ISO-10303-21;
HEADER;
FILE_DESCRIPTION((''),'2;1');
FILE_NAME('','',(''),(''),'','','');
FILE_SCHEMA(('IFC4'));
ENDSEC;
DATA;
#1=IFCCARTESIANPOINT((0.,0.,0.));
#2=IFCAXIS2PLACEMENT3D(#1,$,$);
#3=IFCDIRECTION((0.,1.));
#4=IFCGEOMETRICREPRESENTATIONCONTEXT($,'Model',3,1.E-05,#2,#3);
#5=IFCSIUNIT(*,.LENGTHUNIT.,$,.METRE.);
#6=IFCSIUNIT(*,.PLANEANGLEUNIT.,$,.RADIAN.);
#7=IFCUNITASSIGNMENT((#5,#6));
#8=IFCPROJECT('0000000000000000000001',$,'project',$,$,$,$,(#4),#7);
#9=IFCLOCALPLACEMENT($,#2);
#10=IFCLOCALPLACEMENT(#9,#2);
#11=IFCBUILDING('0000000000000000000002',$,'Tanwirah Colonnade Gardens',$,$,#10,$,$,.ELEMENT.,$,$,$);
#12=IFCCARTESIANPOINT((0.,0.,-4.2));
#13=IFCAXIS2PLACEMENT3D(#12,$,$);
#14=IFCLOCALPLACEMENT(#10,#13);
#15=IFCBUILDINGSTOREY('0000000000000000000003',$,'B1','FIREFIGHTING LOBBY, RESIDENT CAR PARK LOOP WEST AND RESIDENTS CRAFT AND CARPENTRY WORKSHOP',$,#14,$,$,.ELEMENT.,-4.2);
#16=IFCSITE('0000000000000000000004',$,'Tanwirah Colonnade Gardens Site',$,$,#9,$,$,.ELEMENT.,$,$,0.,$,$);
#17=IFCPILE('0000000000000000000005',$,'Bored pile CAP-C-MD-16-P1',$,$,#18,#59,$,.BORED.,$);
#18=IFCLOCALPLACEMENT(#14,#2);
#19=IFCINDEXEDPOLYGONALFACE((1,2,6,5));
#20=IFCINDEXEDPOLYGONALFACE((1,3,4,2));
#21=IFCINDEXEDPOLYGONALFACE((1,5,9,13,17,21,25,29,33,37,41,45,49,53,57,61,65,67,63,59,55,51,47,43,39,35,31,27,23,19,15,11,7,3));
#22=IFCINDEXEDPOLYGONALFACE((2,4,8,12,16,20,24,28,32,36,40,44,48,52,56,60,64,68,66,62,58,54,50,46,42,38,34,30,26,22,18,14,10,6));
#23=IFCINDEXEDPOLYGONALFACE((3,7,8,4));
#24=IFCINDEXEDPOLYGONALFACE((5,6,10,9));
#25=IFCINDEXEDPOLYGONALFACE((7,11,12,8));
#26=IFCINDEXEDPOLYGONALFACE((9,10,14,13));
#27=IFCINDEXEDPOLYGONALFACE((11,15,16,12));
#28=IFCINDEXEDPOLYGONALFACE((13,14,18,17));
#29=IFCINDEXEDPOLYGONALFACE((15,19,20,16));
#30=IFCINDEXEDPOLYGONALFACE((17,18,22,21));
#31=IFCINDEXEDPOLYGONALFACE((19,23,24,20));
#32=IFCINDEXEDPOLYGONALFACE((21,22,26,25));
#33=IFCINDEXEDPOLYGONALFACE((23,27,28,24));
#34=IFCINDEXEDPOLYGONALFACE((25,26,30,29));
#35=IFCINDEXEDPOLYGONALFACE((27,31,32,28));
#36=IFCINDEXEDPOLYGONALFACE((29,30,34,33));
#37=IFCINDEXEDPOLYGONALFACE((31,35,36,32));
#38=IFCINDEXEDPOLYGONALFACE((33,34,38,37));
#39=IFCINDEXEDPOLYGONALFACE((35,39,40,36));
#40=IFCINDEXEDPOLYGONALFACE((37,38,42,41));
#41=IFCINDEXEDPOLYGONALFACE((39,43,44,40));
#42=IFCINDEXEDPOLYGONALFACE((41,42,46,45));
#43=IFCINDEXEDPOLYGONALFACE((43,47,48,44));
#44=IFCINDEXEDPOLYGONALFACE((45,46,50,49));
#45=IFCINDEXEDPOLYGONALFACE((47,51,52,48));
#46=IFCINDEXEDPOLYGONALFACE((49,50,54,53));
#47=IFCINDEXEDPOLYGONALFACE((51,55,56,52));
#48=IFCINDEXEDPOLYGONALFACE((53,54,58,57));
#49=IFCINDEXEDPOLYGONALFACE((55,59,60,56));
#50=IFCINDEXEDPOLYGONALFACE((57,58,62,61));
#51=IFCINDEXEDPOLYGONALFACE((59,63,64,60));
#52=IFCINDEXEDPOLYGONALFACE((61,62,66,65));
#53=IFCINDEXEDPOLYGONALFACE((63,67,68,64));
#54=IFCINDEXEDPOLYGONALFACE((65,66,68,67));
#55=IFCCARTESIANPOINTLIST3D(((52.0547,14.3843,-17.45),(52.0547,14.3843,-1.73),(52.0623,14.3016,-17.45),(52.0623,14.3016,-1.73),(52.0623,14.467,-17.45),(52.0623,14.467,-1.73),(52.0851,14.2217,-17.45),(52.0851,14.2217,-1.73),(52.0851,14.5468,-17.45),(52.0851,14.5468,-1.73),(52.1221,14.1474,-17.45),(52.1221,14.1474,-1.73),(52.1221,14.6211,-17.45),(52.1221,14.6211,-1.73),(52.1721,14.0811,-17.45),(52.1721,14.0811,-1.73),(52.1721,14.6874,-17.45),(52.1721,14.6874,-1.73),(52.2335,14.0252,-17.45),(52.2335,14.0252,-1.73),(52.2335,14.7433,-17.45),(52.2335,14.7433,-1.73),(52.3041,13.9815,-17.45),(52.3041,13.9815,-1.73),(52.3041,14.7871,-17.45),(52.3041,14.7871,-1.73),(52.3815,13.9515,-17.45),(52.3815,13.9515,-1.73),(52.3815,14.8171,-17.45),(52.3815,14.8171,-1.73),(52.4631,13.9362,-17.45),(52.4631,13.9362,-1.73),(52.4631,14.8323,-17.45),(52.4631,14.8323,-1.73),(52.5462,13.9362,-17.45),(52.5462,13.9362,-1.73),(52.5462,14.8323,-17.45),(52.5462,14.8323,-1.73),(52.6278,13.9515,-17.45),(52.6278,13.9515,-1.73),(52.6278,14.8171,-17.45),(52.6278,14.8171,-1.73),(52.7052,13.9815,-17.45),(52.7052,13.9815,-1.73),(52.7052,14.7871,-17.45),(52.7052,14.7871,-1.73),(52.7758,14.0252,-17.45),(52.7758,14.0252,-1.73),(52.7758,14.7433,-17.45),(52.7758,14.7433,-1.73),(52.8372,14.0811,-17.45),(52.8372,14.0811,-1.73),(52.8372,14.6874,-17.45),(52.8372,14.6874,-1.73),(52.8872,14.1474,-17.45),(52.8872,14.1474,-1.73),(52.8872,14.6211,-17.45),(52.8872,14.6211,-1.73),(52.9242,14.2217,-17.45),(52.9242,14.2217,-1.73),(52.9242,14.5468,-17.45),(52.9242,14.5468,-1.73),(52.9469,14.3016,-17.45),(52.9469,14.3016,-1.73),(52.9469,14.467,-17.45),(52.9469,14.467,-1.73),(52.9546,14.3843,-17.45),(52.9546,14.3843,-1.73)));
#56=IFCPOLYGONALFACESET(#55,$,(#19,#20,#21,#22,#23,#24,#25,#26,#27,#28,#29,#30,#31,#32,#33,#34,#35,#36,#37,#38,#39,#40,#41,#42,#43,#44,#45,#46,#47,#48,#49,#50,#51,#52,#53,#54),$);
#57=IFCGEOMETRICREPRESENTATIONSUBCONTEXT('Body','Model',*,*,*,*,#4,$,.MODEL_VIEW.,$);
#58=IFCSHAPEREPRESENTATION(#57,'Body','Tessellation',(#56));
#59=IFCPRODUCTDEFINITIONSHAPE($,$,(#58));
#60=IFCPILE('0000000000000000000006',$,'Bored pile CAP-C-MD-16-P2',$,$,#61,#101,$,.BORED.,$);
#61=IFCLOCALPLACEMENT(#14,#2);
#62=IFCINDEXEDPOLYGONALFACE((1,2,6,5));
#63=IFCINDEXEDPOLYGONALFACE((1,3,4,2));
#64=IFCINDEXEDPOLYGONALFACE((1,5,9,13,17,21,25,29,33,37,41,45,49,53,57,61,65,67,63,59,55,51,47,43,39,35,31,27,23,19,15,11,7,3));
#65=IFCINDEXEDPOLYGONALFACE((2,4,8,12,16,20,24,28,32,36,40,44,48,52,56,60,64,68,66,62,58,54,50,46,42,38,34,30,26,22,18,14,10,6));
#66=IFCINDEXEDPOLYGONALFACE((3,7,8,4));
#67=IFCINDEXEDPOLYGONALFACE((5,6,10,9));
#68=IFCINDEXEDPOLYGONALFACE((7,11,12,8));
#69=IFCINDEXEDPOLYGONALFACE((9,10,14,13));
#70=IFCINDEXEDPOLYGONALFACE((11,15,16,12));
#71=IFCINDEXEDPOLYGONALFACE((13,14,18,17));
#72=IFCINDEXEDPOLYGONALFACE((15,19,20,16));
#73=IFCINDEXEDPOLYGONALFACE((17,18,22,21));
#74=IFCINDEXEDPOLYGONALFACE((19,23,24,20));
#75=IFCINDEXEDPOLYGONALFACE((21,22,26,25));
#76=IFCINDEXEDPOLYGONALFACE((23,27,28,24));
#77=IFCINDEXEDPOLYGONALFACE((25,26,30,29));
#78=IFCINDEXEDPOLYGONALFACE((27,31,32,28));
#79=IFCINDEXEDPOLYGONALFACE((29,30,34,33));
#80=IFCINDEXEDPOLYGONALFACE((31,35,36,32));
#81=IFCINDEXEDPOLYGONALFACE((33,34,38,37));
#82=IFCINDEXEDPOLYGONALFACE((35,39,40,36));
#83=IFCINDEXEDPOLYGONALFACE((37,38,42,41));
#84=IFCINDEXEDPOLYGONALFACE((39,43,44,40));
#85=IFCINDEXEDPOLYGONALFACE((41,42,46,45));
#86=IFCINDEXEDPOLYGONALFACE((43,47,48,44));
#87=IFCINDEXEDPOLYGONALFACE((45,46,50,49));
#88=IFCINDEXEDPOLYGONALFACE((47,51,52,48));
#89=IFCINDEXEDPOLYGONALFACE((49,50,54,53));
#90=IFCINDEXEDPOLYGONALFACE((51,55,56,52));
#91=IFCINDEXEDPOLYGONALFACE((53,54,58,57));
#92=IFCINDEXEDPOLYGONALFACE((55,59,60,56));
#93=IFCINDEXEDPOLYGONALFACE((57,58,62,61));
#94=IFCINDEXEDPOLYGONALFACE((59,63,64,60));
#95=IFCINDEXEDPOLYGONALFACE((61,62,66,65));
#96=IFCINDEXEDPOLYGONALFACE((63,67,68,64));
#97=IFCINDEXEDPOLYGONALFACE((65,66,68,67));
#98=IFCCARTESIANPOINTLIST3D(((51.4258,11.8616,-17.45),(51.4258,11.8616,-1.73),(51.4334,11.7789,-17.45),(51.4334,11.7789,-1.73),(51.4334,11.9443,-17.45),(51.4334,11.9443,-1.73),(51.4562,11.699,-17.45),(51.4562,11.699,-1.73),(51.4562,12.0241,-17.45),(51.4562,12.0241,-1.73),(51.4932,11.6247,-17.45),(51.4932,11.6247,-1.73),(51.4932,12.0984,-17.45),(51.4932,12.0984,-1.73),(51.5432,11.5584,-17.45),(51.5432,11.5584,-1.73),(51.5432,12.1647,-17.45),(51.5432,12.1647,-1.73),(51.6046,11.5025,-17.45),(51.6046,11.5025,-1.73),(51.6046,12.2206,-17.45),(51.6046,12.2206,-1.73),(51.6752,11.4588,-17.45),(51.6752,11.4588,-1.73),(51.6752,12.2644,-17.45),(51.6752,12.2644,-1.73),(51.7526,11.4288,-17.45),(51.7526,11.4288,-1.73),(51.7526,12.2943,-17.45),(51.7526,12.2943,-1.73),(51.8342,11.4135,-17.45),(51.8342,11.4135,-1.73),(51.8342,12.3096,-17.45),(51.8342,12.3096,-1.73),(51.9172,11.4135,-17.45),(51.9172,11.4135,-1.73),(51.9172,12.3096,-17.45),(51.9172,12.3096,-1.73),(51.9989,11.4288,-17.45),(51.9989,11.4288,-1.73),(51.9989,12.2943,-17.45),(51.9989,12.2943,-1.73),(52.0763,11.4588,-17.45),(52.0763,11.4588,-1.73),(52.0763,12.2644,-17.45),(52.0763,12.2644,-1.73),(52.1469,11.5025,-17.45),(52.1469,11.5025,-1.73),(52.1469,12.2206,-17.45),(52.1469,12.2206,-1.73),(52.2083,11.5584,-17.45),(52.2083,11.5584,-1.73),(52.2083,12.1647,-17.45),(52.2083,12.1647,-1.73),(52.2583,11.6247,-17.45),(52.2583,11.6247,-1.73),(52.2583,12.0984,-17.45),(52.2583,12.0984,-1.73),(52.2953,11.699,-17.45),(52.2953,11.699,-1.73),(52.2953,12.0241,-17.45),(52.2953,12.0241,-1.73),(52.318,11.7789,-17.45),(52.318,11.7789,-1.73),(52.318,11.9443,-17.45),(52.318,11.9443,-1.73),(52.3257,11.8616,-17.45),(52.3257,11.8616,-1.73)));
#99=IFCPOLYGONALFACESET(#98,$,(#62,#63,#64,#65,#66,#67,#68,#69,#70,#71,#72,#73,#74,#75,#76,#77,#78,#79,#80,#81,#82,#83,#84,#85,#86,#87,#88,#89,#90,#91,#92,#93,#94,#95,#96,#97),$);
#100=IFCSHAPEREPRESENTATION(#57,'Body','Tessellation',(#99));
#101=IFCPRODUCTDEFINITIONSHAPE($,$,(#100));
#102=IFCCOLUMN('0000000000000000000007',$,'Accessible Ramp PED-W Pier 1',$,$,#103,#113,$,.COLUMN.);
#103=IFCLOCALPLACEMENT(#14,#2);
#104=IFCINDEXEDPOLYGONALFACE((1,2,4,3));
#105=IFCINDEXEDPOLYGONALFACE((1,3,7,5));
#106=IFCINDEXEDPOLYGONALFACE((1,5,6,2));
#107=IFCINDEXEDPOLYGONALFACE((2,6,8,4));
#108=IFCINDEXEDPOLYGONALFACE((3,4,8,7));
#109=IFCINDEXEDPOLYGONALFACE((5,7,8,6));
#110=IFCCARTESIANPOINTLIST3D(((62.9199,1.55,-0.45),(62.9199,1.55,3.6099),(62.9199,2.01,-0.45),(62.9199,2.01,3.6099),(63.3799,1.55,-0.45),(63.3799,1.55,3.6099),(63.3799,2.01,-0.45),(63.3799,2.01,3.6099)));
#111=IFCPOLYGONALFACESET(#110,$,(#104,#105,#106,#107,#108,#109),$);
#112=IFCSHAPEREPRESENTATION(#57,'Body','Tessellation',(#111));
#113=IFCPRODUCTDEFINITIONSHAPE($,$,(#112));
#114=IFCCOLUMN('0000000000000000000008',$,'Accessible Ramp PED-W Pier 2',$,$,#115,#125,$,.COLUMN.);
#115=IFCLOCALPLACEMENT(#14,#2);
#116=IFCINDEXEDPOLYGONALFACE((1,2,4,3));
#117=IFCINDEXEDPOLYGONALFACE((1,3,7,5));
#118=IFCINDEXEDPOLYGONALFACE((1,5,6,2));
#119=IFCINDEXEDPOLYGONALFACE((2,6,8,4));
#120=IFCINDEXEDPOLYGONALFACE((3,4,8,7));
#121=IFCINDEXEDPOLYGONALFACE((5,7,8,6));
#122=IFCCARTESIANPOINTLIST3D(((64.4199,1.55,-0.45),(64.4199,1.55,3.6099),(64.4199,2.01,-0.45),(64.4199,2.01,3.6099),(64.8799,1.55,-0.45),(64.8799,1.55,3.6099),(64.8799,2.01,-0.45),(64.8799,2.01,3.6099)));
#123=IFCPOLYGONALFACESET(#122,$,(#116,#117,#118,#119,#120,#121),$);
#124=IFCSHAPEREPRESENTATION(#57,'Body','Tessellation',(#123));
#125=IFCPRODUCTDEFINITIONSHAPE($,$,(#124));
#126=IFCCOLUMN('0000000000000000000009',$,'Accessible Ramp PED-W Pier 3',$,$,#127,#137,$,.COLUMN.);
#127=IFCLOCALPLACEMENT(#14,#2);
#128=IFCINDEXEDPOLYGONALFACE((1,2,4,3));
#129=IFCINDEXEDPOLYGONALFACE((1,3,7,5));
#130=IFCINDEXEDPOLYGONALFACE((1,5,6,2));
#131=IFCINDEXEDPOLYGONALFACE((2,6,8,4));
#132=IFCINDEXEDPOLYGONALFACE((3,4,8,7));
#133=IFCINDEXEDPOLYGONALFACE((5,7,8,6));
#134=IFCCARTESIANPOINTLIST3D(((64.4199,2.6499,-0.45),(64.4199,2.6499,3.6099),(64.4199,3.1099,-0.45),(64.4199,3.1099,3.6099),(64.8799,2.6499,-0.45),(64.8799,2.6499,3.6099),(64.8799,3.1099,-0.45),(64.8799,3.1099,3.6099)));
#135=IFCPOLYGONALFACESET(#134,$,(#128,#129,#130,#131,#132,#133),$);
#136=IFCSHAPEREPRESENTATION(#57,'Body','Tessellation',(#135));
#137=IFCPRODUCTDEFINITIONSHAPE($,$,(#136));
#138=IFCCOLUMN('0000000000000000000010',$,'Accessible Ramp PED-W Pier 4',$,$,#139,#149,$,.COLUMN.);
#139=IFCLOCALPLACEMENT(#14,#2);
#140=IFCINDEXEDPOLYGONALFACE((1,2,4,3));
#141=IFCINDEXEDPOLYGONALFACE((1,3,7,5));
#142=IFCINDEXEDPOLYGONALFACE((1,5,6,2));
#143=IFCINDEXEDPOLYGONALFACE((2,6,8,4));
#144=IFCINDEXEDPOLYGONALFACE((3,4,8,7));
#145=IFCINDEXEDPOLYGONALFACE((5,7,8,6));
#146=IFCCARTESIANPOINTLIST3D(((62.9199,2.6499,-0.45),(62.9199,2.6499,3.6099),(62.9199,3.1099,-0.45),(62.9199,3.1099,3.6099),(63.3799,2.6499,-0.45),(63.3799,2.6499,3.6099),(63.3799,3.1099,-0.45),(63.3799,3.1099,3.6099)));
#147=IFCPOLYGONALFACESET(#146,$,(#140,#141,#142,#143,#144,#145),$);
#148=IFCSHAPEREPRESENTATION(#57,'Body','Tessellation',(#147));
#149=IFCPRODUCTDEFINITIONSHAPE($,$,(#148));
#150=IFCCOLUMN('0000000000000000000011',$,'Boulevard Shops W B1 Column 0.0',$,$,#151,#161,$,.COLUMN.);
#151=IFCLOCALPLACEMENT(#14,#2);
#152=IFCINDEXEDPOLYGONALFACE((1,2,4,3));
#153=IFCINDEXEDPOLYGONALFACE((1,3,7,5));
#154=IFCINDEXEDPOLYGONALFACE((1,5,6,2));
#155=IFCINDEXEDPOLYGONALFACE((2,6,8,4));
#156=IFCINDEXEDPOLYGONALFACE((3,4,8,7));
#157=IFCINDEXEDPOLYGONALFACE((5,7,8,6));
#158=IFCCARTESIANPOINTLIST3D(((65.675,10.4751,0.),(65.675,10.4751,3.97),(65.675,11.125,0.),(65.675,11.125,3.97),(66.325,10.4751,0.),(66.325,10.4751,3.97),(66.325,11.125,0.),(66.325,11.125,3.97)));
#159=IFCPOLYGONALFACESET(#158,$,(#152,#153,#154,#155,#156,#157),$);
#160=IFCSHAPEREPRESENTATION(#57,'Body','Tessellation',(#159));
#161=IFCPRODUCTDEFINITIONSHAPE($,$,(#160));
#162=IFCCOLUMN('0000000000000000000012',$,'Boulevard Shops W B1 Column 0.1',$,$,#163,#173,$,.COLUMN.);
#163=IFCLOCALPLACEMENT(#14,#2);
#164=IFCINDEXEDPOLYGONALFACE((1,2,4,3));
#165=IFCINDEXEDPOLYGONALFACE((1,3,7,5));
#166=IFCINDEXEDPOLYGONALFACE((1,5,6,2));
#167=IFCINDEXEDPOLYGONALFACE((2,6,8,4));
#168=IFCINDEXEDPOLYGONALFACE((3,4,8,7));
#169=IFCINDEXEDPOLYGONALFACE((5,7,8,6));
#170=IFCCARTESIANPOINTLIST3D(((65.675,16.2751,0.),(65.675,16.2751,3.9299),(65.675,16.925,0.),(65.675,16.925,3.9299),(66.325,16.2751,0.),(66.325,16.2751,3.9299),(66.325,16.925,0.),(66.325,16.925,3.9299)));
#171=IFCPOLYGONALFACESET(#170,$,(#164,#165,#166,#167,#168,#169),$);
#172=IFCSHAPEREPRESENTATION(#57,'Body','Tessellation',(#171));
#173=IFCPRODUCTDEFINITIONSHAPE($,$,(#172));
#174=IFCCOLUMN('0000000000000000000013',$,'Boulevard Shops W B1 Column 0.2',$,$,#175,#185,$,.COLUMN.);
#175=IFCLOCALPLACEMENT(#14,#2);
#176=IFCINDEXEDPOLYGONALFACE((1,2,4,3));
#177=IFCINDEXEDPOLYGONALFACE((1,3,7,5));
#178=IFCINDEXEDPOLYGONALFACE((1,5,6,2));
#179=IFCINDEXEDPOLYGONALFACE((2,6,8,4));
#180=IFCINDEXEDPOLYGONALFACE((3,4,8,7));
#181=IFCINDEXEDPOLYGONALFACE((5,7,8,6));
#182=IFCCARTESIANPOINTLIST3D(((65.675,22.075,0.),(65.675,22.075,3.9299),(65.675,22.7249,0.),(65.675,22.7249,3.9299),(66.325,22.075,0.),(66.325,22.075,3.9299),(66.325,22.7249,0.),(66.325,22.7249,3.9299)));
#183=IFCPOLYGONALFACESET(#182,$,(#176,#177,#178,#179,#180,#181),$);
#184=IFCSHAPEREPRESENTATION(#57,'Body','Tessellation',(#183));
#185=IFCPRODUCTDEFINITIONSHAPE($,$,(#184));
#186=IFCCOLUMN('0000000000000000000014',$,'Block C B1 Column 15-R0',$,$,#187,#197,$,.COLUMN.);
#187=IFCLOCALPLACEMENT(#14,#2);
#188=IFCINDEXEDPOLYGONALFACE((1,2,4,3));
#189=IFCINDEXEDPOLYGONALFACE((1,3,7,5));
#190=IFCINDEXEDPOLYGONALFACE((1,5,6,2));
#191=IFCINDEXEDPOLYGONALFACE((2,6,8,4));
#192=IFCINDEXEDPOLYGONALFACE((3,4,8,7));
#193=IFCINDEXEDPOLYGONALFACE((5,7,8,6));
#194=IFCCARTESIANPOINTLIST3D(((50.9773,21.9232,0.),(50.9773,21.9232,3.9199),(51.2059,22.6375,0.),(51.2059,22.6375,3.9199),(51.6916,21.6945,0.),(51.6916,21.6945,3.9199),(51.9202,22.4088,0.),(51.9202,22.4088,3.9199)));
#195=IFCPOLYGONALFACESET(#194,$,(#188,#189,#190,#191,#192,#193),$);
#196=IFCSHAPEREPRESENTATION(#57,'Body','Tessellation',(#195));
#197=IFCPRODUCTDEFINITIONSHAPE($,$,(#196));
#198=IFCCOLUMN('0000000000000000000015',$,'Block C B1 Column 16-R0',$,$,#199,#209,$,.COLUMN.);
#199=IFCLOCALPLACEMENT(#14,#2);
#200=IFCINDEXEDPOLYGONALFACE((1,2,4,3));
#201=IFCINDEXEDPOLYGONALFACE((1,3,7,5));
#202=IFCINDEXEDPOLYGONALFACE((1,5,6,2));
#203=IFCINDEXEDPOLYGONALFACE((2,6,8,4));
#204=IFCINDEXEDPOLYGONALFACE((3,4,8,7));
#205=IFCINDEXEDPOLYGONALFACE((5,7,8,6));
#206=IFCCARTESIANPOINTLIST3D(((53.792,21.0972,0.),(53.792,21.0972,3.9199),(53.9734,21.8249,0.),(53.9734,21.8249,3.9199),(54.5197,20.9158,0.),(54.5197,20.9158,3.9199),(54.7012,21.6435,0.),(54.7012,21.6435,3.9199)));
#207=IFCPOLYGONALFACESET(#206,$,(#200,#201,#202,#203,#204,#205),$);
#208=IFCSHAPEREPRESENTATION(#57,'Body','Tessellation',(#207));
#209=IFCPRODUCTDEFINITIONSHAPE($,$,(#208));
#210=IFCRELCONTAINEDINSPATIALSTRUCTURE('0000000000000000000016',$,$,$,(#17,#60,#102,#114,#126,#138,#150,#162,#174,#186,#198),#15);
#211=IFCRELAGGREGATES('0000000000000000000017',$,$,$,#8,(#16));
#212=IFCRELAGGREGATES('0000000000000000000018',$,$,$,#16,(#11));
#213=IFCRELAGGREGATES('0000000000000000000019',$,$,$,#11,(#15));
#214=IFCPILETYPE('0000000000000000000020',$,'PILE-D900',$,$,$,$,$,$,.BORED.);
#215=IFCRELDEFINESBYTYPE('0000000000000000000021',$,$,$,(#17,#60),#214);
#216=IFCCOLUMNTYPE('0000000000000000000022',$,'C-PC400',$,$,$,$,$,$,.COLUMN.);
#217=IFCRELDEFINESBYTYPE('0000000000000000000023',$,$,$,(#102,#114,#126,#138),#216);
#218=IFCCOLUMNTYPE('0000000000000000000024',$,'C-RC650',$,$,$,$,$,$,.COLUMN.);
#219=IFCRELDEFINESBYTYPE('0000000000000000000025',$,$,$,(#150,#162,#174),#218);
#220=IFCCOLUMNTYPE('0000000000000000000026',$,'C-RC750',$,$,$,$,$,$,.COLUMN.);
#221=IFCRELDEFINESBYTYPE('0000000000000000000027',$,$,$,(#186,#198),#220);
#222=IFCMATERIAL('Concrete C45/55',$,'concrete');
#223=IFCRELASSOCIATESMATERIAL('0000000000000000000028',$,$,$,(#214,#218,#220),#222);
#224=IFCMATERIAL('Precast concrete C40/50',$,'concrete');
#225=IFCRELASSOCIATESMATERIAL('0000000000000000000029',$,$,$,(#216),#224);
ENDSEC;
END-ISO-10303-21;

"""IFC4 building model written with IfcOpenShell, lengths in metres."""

from ifc_helpers import new_model, si_unit, direction, frame, origin, origin_2d, place, context, subcontext, project, spatial, rectangle, circle, extrude, material, material_profile, profile_set, type_object, element, save


model = new_model("IFC4")

# Units and contexts
model_context = context("Model", 3, precision=1e-05, world=origin(), true_north=direction((0.0, 1.0)))
body_context = subcontext(model_context, "Body", "Model", "MODEL_VIEW")
ifc_project = project(units=[si_unit("LENGTHUNIT", "METRE"), si_unit("PLANEANGLEUNIT", "RADIAN")], contexts=[model_context])

# Site, building, storey
site_placement = place(None, origin())
site = spatial("IfcSite", under=ifc_project, at=site_placement, Name="Tanwirah Colonnade Gardens Site", CompositionType="ELEMENT", RefElevation=0.0)
building_placement = place(site_placement, origin())
building = spatial("IfcBuilding", under=site, at=building_placement, Name="Tanwirah Colonnade Gardens", CompositionType="ELEMENT")
storey_placement = place(building_placement, frame((0.0, 0.0, -4.2)))
storey = spatial("IfcBuildingStorey", under=building, at=storey_placement, Name="B1", Description="FIREFIGHTING LOBBY, RESIDENT CAR PARK LOOP WEST AND RESIDENTS CRAFT AND CARPENTRY WORKSHOP", CompositionType="ELEMENT", Elevation=-4.2)

# Shared definitions
ifc_material_1 = material(Name="Concrete C45/55", Category="concrete")

# Piles
ifc_material_profile_1 = material_profile(ifc_material_1, circle(Radius=0.45, at=origin_2d()), Name="PILE D900")
ifc_profile_set_1 = profile_set([ifc_material_profile_1], Name="Concrete C45/55")
pile_type_1 = type_object("IfcPileType", Name="PILE-D900", PredefinedType="BORED", material=ifc_profile_set_1)
for number, where, z_axis, x_axis, name in (
    (1, (52.5046, 14.3843, -1.73), (0.0, 0.0, -1.0), (1.0, 0.0, 0.0), "Bored pile CAP-C-MD-16-P1"),
    (2, (51.8757, 11.8616, -1.73), (0.0, 0.0, -1.0), (1.0, 0.0, 0.0), "Bored pile CAP-C-MD-16-P2"),
):
    element("IfcPile", number, at=place(storey_placement, frame(where, z_axis=z_axis, x_axis=x_axis)), inside=storey, type_object=pile_type_1, Name=name, PredefinedType="BORED", context=body_context, shape_type="SweptSolid", body=[
        extrude(circle(Radius=0.45, at=origin_2d()), origin(), (0.0, 0.0, 1.0), 15.72),
    ])

# Columns
ifc_material_2 = material(Name="Precast concrete C40/50", Category="concrete")
ifc_material_profile_2 = material_profile(ifc_material_2, rectangle(XDim=0.46, YDim=0.46, at=origin_2d()), Name="PC-COL 460x460")
ifc_profile_set_2 = profile_set([ifc_material_profile_2], Name="Precast concrete C40/50")
column_type_1 = type_object("IfcColumnType", Name="C-PC400", PredefinedType="COLUMN", material=ifc_profile_set_2)
for number, where, z_axis, x_axis, name in (
    (3, (63.1499, 1.78, -0.45), (0.0, 0.0, 1.0), (1.0, 0.0, 0.0), "Accessible Ramp PED-W Pier 1"),
    (4, (64.6499, 1.78, -0.45), (0.0, 0.0, 1.0), (1.0, 0.0, 0.0), "Accessible Ramp PED-W Pier 2"),
    (5, (64.6499, 2.8799, -0.45), (0.0, 0.0, 1.0), (1.0, 0.0, 0.0), "Accessible Ramp PED-W Pier 3"),
    (6, (63.1499, 2.8799, -0.45), (0.0, 0.0, 1.0), (1.0, 0.0, 0.0), "Accessible Ramp PED-W Pier 4"),
):
    element("IfcColumn", number, at=place(storey_placement, frame(where, z_axis=z_axis, x_axis=x_axis)), inside=storey, type_object=column_type_1, Name=name, PredefinedType="COLUMN", context=body_context, shape_type="SweptSolid", body=[
        extrude(rectangle(XDim=0.46, YDim=0.46, at=origin_2d()), origin(), (0.0, 0.0, 1.0), 4.0598),
    ])
ifc_material_profile_3 = material_profile(ifc_material_1, rectangle(XDim=0.6499, YDim=0.6499, at=origin_2d()), Name="RC-COL 650x650")
ifc_profile_set_3 = profile_set([ifc_material_profile_3], Name="Concrete C45/55")
column_type_2 = type_object("IfcColumnType", Name="C-RC650", PredefinedType="COLUMN", material=ifc_profile_set_3)
column_placement = place(storey_placement, frame((66.0, 10.8, 0.0), z_axis=(0.0, 0.0, 1.0), x_axis=(1.0, 0.0, 0.0)))
element("IfcColumn", 7, at=column_placement, inside=storey, type_object=column_type_2, Name="Boulevard Shops W B1 Column 0.0", PredefinedType="COLUMN", context=body_context, shape_type="SweptSolid", body=[
    extrude(rectangle(XDim=0.6499, YDim=0.6499, at=origin_2d()), origin(), (0.0, 0.0, 1.0), 3.97),
])
for number, where, z_axis, x_axis, name in (
    (8, (66.0, 16.6001, 0.0), (0.0, 0.0, 1.0), (1.0, 0.0, 0.0), "Boulevard Shops W B1 Column 0.1"),
    (9, (66.0, 22.3999, 0.0), (0.0, 0.0, 1.0), (1.0, 0.0, 0.0), "Boulevard Shops W B1 Column 0.2"),
):
    element("IfcColumn", number, at=place(storey_placement, frame(where, z_axis=z_axis, x_axis=x_axis)), inside=storey, type_object=column_type_2, Name=name, PredefinedType="COLUMN", context=body_context, shape_type="SweptSolid", body=[
        extrude(rectangle(XDim=0.6499, YDim=0.6499, at=origin_2d()), origin(), (0.0, 0.0, 1.0), 3.9299),
    ])
ifc_material_profile_4 = material_profile(ifc_material_1, rectangle(XDim=0.75, YDim=0.75, at=origin_2d()), Name="RC-COL 750x750")
ifc_profile_set_4 = profile_set([ifc_material_profile_4], Name="Concrete C45/55")
column_type_3 = type_object("IfcColumnType", Name="C-RC750", PredefinedType="COLUMN", material=ifc_profile_set_4)
for number, where, z_axis, x_axis, name in (
    (10, (51.4487, 22.166, 0.0), (0.0, 0.0, 1.0), (-0.304864, -0.952396, 0.0), "Block C B1 Column 15-R0"),
    (11, (54.2466, 21.3704, 0.0), (0.0, 0.0, 1.0), (-0.241922, -0.970296, 0.0), "Block C B1 Column 16-R0"),
):
    element("IfcColumn", number, at=place(storey_placement, frame(where, z_axis=z_axis, x_axis=x_axis)), inside=storey, type_object=column_type_3, Name=name, PredefinedType="COLUMN", context=body_context, shape_type="SweptSolid", body=[
        extrude(rectangle(XDim=0.75, YDim=0.75, at=origin_2d()), origin(), (0.0, 0.0, 1.0), 3.9199),
    ])

save(model, "model.ifc")
